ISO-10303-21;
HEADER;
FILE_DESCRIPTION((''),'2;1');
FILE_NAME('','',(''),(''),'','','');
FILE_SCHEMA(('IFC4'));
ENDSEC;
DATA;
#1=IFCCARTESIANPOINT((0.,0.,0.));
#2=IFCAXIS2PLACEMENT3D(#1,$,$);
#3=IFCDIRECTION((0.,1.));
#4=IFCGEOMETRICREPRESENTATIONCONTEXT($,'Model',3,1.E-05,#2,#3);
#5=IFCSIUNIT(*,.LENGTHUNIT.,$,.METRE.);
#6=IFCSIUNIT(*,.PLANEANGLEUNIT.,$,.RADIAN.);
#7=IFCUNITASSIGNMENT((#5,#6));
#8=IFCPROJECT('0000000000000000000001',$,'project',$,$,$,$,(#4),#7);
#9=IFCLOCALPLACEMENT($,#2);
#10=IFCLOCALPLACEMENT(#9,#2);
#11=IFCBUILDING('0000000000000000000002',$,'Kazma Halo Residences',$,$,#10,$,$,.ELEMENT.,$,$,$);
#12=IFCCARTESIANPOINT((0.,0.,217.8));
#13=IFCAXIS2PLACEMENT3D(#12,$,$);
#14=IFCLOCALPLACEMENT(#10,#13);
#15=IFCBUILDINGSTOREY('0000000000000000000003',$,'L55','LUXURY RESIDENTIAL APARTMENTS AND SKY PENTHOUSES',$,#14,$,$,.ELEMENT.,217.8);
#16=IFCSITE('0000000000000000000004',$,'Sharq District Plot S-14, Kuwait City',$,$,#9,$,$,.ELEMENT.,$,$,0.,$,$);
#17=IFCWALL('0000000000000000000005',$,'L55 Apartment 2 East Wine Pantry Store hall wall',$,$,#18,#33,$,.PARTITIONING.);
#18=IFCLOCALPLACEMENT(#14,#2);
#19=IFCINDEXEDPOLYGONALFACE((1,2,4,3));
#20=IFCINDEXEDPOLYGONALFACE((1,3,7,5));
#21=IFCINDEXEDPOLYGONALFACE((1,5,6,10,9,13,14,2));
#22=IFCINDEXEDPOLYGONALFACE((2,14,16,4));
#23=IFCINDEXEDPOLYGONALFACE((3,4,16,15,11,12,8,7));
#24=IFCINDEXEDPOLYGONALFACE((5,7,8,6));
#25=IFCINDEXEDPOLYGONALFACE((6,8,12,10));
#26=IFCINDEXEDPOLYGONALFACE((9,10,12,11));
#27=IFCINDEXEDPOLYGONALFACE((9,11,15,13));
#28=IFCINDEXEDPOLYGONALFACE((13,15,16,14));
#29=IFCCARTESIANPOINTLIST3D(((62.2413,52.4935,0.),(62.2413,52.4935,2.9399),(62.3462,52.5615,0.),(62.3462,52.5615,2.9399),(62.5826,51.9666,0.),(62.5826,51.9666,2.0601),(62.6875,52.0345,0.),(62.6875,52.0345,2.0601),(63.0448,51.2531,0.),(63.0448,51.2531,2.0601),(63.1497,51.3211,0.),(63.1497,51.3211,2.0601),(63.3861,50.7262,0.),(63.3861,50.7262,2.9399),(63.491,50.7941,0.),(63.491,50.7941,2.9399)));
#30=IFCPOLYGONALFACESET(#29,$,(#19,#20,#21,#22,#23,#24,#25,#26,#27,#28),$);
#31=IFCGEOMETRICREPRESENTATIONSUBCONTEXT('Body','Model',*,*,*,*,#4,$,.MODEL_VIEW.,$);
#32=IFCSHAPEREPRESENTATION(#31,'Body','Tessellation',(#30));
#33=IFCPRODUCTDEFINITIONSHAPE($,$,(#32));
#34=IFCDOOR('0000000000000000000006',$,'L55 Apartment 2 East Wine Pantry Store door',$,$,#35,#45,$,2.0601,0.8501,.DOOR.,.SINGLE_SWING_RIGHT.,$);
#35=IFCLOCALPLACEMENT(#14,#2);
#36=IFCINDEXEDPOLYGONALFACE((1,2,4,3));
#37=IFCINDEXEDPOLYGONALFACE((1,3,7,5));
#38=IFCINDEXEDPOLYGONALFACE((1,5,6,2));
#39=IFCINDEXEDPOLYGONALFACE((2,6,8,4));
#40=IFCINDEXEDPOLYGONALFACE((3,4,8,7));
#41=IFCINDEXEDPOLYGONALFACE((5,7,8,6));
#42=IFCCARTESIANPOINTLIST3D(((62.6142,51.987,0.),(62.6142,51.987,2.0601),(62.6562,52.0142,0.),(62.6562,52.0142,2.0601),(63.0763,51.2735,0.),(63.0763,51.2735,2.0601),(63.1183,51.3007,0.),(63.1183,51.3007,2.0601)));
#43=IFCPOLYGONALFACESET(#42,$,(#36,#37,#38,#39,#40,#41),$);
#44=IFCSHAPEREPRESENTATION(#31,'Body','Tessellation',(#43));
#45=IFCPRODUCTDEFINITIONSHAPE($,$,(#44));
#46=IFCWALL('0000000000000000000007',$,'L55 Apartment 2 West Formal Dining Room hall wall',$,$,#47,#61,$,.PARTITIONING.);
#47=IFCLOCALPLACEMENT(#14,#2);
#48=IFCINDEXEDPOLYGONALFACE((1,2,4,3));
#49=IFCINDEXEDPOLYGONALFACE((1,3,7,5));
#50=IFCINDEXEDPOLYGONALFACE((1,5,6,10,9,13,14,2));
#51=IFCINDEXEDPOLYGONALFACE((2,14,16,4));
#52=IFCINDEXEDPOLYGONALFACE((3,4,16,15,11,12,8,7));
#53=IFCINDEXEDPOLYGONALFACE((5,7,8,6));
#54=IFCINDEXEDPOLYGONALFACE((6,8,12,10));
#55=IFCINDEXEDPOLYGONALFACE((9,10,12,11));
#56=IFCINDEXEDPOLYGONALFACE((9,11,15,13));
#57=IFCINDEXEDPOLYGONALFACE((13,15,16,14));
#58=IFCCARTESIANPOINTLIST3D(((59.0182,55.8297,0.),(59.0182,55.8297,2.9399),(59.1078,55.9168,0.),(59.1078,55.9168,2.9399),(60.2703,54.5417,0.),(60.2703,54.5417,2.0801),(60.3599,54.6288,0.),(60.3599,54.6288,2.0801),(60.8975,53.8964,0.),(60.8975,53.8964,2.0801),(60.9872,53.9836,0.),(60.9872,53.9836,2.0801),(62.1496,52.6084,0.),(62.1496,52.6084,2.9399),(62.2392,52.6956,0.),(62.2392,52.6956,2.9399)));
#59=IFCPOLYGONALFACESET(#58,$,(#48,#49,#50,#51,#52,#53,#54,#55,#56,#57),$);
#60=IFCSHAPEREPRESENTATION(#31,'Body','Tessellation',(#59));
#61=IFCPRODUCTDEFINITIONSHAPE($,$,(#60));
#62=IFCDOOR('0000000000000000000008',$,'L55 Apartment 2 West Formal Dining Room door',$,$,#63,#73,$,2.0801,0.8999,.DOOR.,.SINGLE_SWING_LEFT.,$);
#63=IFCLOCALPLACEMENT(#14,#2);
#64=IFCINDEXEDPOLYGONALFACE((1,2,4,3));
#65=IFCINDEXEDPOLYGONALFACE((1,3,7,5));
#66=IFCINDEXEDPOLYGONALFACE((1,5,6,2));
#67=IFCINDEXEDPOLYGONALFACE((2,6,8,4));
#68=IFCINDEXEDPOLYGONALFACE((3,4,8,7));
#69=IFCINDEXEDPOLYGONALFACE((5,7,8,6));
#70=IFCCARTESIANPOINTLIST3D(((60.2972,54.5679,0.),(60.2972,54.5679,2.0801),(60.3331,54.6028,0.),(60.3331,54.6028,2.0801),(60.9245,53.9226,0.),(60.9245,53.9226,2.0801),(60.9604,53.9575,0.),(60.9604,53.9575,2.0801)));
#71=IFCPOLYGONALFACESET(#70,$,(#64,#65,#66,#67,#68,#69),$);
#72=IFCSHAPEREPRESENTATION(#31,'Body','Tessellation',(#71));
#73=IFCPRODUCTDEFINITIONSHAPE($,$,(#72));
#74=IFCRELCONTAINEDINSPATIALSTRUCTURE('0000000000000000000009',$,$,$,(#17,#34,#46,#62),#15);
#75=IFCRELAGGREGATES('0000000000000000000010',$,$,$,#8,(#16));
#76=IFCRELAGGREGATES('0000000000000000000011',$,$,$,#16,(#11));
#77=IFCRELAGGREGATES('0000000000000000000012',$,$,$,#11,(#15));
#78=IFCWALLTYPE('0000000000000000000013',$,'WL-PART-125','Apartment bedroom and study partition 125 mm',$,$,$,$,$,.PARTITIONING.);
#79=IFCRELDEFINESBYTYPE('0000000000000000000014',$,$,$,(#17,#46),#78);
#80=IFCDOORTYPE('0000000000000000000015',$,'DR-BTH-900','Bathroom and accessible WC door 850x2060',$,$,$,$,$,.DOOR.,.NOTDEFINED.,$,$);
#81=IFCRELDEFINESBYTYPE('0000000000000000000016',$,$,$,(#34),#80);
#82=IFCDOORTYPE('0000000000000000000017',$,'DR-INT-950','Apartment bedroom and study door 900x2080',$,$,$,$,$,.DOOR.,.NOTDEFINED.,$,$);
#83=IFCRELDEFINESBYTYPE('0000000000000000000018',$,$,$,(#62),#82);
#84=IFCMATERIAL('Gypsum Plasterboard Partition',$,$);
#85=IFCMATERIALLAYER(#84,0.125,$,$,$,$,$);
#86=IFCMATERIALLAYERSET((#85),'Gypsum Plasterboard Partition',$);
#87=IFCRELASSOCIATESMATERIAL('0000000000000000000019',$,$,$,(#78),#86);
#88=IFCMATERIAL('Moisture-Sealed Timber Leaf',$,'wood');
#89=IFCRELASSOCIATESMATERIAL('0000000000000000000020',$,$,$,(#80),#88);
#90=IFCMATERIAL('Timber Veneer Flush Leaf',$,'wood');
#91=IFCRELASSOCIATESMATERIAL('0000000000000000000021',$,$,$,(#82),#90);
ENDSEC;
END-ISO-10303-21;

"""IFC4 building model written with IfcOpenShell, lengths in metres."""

from ifc_helpers import new_model, si_unit, direction, frame, frame_2d, origin, place, context, subcontext, project, spatial, rectangle, extrude, material, layer, layer_set, type_object, element, fill, save


model = new_model("IFC4")

# Units and contexts
model_context = context("Model", 3, precision=1e-05, world=origin(), true_north=direction((0.0, 1.0)))
body_context = subcontext(model_context, "Body", "Model", "MODEL_VIEW")
ifc_project = project(units=[si_unit("LENGTHUNIT", "METRE"), si_unit("PLANEANGLEUNIT", "RADIAN")], contexts=[model_context])

# Site, building, storey
site_placement = place(None, origin())
site = spatial("IfcSite", under=ifc_project, at=site_placement, Name="Sharq District Plot S-14, Kuwait City", CompositionType="ELEMENT", RefElevation=0.0)
building_placement = place(site_placement, origin())
building = spatial("IfcBuilding", under=site, at=building_placement, Name="Kazma Halo Residences", CompositionType="ELEMENT")
storey_placement = place(building_placement, frame((0.0, 0.0, 217.8)))
storey = spatial("IfcBuildingStorey", under=building, at=storey_placement, Name="L55", Description="LUXURY RESIDENTIAL APARTMENTS AND SKY PENTHOUSES", CompositionType="ELEMENT", Elevation=217.8)

# Shared definitions
ifc_material_1 = material(Name="Gypsum Plasterboard Partition")
ifc_layer_1 = layer(ifc_material_1, 0.125)
ifc_layer_set_1 = layer_set([ifc_layer_1], Name="Gypsum Plasterboard Partition")
wall_type_1 = type_object("IfcWallType", Name="WL-PART-125", Description="Apartment bedroom and study partition 125 mm", PredefinedType="PARTITIONING", material=ifc_layer_set_1)

# Shared definitions
ifc_material_2 = material(Name="Moisture-Sealed Timber Leaf", Category="wood")
door_type_1 = type_object("IfcDoorType", Name="DR-BTH-900", Description="Bathroom and accessible WC door 850x2060", OperationType="NOTDEFINED", PredefinedType="DOOR", material=ifc_material_2)

# Walls, openings, doors
wall_1_placement = place(storey_placement, frame((63.4385, 50.7603, 0.0), z_axis=(0.0, 0.0, 1.0), x_axis=(-0.543655, 0.839309, 0.0)))
wall_1 = element("IfcWall", 1, at=wall_1_placement, inside=storey, type_object=wall_type_1, Name="L55 Apartment 2 East Wine Pantry Store hall wall", PredefinedType="PARTITIONING", context=body_context, shape_type="SweptSolid", body=[
    extrude(rectangle(XDim=2.1057, YDim=0.125, at=frame_2d((1.0527, 0.0))), origin(), (0.0, 0.0, 1.0), 2.9399),
])
opening_1_placement = place(wall_1_placement, frame((0.6277, 0.0, 0.0)))
opening_1 = element("IfcOpeningElement", 2, at=opening_1_placement, cuts=wall_1, PredefinedType="OPENING", context=body_context, shape_type="SweptSolid", body=[
    extrude(rectangle(XDim=0.8501, YDim=2.0601, at=frame_2d((0.425, 1.03))), frame((0.0, 0.0725, 0.0), z_axis=(0.0, -1.0, 0.0), x_axis=(1.0, 0.0, 0.0)), (0.0, 0.0, 1.0), 0.145),
])
door_1_placement = place(opening_1_placement, origin())
door_1 = element("IfcDoor", 3, at=door_1_placement, inside=storey, type_object=door_type_1, Name="L55 Apartment 2 East Wine Pantry Store door", OperationType="SINGLE_SWING_RIGHT", OverallHeight=2.0601, OverallWidth=0.8501, PredefinedType="DOOR", context=body_context, shape_type="SweptSolid", body=[
    extrude(rectangle(XDim=0.8501, YDim=2.0601, at=frame_2d((0.425, 1.03))), frame((0.0, 0.0249, 0.0), z_axis=(0.0, -1.0, 0.0), x_axis=(1.0, 0.0, 0.0)), (0.0, 0.0, 1.0), 0.05),
])
fill(opening_1, door_1)
wall_2_placement = place(storey_placement, frame((62.1943, 52.6521, 0.0), z_axis=(0.0, 0.0, 1.0), x_axis=(-0.697036, 0.717036, 0.0)))
wall_2 = element("IfcWall", 4, at=wall_2_placement, inside=storey, type_object=wall_type_1, Name="L55 Apartment 2 West Formal Dining Room hall wall", PredefinedType="PARTITIONING", context=body_context, shape_type="SweptSolid", body=[
    extrude(rectangle(XDim=4.4924, YDim=0.125, at=frame_2d((2.2461, 0.0))), origin(), (0.0, 0.0, 1.0), 2.9399),
])
opening_2_placement = place(wall_2_placement, frame((1.7961, 0.0, 0.0)))
opening_2 = element("IfcOpeningElement", 5, at=opening_2_placement, cuts=wall_2, PredefinedType="OPENING", context=body_context, shape_type="SweptSolid", body=[
    extrude(rectangle(XDim=0.8999, YDim=2.0801, at=frame_2d((0.45, 1.04))), frame((0.0, 0.0725, 0.0), z_axis=(0.0, -1.0, 0.0), x_axis=(1.0, 0.0, 0.0)), (0.0, 0.0, 1.0), 0.145),
])
ifc_material_3 = material(Name="Timber Veneer Flush Leaf", Category="wood")
door_type_2 = type_object("IfcDoorType", Name="DR-INT-950", Description="Apartment bedroom and study door 900x2080", OperationType="NOTDEFINED", PredefinedType="DOOR", material=ifc_material_3)
door_2_placement = place(opening_2_placement, origin())
door_2 = element("IfcDoor", 6, at=door_2_placement, inside=storey, type_object=door_type_2, Name="L55 Apartment 2 West Formal Dining Room door", OperationType="SINGLE_SWING_LEFT", OverallHeight=2.0801, OverallWidth=0.8999, PredefinedType="DOOR", context=body_context, shape_type="SweptSolid", body=[
    extrude(rectangle(XDim=0.8999, YDim=2.0801, at=frame_2d((0.45, 1.04))), frame((0.0, 0.0249, 0.0), z_axis=(0.0, -1.0, 0.0), x_axis=(1.0, 0.0, 0.0)), (0.0, 0.0, 1.0), 0.05),
])
fill(opening_2, door_2)

save(model, "model.ifc")
